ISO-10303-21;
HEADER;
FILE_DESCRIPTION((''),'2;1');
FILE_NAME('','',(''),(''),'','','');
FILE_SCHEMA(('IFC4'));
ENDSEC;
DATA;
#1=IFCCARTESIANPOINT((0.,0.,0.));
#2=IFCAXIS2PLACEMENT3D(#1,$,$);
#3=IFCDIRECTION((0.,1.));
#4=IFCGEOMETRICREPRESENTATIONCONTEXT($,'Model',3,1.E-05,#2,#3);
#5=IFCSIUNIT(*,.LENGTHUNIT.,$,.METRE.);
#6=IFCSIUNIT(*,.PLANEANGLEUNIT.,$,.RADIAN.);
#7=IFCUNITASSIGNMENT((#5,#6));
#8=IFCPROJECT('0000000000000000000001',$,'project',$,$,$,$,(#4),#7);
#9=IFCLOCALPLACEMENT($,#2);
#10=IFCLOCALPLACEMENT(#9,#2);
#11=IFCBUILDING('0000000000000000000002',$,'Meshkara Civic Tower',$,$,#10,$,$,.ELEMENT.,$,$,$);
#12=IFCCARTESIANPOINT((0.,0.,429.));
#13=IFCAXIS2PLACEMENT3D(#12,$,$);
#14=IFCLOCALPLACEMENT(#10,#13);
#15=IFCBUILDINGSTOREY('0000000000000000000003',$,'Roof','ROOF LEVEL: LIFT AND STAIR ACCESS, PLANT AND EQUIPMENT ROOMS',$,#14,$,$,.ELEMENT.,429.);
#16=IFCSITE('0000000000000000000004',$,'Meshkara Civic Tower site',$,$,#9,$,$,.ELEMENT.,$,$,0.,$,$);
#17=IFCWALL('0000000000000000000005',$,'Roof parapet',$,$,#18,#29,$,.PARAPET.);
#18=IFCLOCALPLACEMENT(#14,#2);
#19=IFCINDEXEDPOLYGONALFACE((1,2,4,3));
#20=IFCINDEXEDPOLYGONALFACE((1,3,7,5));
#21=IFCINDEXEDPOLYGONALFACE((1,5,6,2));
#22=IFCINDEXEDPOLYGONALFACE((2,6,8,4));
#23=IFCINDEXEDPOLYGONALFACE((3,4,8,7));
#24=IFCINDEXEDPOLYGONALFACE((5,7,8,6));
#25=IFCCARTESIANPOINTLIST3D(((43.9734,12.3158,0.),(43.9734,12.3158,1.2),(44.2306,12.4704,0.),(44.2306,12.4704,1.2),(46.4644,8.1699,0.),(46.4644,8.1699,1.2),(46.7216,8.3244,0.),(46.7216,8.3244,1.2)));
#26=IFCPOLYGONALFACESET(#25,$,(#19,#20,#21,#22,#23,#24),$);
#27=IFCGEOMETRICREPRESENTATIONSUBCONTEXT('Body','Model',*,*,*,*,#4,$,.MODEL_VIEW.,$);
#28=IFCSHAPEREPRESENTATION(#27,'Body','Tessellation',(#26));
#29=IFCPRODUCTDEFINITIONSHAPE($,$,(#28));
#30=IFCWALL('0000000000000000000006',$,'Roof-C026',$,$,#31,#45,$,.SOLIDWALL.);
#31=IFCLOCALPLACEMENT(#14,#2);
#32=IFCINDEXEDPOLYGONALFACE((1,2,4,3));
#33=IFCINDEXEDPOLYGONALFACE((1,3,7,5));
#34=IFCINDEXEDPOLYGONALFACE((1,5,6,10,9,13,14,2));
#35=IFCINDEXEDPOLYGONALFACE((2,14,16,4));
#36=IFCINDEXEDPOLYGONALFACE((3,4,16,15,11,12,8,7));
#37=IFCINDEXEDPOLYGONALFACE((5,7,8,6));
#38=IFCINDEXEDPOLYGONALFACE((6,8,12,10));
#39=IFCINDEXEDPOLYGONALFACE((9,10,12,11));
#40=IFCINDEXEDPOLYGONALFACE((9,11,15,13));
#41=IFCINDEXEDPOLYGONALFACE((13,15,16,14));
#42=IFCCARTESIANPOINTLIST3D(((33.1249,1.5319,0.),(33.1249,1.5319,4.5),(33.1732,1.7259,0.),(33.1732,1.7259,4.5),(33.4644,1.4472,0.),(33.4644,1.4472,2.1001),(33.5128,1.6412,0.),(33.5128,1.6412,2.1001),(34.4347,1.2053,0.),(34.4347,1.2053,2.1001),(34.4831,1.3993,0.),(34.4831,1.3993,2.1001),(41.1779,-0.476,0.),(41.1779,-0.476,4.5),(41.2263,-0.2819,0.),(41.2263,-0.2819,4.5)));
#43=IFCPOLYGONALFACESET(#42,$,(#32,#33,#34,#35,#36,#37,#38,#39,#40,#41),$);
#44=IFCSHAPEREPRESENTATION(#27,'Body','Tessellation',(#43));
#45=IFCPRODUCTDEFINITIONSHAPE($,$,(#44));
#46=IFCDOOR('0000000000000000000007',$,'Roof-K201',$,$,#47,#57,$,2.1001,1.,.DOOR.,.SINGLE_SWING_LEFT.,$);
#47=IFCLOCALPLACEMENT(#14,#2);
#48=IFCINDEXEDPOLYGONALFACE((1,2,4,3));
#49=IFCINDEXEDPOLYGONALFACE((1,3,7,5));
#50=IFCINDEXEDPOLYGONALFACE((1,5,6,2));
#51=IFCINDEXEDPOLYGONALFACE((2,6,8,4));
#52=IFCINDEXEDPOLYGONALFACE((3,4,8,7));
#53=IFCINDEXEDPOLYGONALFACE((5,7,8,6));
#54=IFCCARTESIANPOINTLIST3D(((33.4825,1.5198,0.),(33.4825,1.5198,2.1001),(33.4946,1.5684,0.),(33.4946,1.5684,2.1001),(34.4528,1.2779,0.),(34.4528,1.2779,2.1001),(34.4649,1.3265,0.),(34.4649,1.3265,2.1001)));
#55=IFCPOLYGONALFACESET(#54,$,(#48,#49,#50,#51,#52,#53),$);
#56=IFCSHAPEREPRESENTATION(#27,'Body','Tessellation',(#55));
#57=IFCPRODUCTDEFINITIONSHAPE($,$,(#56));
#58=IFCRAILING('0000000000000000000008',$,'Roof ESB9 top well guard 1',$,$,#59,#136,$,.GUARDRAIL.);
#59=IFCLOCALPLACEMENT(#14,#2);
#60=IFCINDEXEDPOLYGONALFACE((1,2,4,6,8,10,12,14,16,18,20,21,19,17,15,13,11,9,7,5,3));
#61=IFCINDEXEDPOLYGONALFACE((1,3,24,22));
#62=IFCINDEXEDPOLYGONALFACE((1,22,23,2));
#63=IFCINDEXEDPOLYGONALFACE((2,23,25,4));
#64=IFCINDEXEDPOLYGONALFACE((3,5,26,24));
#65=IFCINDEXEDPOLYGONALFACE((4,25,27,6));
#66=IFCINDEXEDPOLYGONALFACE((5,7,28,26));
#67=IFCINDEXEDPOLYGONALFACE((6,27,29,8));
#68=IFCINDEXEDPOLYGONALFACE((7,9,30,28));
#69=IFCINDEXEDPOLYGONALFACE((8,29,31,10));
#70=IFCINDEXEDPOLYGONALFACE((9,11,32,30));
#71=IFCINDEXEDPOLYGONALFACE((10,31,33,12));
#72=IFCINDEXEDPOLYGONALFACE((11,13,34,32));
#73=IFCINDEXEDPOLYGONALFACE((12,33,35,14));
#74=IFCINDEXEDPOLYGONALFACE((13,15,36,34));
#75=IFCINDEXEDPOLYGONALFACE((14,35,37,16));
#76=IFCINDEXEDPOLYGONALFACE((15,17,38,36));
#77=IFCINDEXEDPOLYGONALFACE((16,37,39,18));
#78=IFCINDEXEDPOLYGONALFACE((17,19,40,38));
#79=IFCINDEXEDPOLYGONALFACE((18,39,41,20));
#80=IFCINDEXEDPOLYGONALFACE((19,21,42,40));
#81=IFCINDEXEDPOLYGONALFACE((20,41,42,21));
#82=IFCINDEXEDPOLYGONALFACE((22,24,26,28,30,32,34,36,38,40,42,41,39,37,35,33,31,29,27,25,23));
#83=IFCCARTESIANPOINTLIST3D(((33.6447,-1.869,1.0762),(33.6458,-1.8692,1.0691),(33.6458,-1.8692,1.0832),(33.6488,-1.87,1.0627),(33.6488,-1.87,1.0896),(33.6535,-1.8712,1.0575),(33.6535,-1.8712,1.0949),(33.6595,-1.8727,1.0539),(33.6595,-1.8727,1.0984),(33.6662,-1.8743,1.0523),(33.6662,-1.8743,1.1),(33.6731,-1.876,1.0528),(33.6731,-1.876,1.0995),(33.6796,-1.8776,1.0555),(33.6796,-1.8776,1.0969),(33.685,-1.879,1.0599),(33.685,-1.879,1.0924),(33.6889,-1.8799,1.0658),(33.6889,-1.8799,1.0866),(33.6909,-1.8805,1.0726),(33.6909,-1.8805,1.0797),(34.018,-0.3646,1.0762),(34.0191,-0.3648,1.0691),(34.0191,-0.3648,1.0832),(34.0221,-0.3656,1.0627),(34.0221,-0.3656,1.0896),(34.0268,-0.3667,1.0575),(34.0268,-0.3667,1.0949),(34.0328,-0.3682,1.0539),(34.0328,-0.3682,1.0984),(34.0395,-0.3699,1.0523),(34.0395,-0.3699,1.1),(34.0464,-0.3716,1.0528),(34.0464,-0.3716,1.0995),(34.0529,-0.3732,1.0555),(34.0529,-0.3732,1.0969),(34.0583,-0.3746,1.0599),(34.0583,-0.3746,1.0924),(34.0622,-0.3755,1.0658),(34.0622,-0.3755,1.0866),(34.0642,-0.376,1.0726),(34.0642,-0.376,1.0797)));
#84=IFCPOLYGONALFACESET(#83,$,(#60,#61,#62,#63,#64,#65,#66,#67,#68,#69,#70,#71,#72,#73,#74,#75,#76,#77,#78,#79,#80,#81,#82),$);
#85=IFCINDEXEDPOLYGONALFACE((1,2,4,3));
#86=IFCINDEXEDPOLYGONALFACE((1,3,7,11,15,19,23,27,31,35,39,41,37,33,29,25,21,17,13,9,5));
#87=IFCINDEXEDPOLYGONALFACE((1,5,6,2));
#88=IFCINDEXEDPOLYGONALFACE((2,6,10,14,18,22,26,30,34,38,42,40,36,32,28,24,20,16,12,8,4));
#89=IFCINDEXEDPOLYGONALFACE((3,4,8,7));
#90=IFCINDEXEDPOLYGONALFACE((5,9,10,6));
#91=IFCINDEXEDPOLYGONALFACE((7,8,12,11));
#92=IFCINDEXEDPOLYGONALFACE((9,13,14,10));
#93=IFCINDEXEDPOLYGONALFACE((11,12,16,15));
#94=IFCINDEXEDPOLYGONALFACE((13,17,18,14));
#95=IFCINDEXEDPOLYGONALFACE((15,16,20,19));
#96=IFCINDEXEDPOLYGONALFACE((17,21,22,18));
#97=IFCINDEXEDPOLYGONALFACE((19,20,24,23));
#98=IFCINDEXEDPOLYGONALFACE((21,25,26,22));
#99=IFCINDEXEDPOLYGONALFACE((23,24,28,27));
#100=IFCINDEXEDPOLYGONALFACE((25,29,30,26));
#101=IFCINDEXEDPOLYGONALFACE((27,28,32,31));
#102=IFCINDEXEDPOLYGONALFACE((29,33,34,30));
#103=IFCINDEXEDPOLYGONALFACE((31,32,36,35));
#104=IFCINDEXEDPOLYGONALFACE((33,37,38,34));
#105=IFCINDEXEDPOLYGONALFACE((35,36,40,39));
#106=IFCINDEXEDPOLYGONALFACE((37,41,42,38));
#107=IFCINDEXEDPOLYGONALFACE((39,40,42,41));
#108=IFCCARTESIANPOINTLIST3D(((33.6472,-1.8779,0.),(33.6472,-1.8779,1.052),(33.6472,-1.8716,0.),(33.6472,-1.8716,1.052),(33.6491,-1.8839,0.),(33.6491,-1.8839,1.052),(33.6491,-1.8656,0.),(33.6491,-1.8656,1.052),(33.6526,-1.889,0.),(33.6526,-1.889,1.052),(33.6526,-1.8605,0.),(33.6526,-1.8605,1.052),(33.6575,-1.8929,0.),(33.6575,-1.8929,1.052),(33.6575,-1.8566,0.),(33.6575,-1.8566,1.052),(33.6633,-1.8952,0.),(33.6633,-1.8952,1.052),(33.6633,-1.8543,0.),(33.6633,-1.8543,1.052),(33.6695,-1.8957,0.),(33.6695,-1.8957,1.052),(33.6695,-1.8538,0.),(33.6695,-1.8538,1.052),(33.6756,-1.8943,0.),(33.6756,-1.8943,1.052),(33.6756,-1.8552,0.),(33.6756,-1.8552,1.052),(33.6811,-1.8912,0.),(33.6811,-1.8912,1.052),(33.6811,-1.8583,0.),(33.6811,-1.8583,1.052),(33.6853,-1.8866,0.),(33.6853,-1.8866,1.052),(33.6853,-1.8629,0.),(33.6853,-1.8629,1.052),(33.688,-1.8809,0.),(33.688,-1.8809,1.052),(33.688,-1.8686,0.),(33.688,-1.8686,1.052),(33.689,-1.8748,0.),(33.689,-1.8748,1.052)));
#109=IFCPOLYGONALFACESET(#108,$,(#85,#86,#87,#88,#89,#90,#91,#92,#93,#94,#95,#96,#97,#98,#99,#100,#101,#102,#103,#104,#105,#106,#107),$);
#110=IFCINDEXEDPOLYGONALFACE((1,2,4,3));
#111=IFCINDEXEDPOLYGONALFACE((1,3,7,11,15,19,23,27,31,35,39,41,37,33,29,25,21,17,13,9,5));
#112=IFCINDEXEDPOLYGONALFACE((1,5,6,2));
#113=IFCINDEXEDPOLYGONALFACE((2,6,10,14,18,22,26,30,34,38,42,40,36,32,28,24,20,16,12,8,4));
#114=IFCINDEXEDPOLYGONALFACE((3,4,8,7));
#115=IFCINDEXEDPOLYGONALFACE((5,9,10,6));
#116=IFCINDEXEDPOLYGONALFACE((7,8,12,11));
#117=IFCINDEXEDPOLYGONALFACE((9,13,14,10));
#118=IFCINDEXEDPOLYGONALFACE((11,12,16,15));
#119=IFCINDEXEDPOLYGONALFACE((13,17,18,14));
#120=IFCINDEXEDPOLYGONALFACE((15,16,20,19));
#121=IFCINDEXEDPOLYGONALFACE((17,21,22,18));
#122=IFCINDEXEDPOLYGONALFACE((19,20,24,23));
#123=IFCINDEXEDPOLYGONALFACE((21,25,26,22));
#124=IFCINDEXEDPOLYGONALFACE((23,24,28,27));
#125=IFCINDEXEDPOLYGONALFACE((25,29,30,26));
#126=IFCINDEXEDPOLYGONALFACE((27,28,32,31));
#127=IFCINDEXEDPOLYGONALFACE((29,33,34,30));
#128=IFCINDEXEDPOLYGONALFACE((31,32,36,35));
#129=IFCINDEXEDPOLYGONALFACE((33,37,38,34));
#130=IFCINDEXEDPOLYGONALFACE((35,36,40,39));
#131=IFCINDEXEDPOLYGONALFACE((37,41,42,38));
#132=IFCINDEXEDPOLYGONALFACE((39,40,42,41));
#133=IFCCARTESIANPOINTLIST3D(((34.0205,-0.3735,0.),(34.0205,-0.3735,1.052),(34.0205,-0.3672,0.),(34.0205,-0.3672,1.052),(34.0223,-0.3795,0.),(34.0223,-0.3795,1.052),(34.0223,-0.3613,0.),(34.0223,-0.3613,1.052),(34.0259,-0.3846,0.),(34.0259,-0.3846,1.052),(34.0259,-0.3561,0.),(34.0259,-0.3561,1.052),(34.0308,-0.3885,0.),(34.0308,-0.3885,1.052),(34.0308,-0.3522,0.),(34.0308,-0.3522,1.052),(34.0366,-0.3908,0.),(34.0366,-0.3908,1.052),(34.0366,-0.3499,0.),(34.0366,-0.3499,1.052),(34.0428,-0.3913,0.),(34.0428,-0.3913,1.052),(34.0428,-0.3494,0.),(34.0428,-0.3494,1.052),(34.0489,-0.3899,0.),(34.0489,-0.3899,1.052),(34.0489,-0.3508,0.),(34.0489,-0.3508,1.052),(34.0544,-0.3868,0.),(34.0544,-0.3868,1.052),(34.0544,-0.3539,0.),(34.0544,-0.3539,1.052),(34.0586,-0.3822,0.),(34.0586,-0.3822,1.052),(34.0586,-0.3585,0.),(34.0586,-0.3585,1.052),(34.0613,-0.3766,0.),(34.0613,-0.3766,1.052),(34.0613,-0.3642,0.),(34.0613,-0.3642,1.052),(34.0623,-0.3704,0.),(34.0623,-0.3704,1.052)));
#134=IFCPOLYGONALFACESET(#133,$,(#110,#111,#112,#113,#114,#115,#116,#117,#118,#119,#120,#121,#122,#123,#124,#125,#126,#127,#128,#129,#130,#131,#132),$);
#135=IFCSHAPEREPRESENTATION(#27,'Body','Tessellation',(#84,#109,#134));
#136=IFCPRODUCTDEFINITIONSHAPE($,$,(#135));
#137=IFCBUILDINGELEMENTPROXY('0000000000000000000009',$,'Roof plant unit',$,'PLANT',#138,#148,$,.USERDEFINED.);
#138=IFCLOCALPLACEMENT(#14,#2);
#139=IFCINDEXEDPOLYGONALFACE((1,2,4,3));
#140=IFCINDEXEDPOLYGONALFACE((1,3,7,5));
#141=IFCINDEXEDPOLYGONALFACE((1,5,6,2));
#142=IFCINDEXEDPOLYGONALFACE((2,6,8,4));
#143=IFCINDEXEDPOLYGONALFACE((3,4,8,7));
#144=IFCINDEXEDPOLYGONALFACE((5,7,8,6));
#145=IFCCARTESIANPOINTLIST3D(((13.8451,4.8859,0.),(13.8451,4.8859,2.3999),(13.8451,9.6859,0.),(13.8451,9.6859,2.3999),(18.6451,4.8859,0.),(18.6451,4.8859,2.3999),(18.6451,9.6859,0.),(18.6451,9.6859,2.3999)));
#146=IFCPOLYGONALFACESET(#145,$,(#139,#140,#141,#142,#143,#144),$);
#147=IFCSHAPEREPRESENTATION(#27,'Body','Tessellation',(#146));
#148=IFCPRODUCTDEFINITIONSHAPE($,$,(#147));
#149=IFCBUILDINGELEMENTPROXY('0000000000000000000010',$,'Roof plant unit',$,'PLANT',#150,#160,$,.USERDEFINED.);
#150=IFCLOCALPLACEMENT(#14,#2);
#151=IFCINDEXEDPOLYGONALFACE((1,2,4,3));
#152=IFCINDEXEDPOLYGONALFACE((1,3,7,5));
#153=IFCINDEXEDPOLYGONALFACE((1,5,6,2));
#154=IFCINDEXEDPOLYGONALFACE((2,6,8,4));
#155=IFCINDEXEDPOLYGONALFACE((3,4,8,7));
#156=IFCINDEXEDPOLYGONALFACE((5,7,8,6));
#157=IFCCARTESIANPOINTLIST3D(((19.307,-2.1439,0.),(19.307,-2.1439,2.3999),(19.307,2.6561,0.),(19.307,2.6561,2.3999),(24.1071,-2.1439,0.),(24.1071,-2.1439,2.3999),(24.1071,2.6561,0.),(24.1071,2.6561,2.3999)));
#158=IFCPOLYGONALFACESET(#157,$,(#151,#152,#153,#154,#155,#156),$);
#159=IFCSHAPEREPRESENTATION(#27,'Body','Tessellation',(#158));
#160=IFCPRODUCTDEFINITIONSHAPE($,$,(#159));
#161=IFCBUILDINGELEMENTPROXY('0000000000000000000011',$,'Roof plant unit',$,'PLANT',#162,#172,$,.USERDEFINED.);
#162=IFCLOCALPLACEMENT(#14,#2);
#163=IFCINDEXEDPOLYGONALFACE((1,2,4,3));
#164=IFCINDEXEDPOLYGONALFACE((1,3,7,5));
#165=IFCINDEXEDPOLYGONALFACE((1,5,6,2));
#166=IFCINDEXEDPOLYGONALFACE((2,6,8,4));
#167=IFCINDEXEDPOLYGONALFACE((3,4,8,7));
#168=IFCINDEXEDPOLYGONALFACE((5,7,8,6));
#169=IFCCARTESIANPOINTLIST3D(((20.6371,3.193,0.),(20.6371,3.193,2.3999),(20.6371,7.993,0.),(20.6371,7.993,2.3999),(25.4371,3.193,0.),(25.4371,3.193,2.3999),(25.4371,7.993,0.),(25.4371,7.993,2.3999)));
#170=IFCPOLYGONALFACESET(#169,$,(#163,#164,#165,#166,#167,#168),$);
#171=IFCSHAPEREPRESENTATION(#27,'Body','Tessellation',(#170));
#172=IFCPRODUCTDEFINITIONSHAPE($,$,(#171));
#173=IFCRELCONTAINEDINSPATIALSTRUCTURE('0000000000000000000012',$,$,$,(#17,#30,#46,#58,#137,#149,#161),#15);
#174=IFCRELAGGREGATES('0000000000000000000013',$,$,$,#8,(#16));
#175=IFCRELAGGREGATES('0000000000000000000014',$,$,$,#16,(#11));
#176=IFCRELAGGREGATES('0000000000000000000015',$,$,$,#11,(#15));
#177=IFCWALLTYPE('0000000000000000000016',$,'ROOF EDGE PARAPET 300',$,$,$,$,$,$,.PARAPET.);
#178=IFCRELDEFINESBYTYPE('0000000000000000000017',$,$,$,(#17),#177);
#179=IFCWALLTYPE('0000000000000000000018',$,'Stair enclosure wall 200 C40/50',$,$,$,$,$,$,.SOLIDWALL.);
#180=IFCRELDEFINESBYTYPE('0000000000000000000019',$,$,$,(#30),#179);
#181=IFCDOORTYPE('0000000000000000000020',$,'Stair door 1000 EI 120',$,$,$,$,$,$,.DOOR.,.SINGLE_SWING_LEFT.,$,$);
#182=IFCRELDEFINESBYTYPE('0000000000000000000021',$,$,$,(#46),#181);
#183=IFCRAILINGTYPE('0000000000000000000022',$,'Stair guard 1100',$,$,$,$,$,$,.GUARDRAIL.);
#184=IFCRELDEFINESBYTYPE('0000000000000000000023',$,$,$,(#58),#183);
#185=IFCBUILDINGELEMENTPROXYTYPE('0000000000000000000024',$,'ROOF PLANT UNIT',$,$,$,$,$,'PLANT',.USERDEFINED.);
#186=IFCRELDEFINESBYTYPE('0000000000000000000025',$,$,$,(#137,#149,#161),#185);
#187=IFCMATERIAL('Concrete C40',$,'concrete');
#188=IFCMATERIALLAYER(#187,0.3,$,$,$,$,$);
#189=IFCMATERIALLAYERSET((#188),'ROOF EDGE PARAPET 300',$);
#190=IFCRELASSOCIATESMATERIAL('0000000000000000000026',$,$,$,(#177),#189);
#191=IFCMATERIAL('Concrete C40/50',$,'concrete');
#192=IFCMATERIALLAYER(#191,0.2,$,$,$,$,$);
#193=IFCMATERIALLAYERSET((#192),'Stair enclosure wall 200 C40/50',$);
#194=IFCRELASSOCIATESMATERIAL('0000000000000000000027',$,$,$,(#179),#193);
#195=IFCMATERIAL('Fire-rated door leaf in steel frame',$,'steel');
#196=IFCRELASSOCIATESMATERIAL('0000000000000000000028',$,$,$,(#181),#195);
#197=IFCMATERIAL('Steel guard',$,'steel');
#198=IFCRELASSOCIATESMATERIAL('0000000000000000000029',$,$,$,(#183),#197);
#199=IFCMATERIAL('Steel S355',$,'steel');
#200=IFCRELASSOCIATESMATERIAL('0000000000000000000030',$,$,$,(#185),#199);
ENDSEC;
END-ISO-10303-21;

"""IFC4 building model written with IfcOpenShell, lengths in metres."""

from ifc_helpers import new_model, si_unit, direction, frame, frame_2d, origin, origin_2d, place, context, subcontext, project, spatial, rectangle, circle, extrude, material, layer, layer_set, type_object, element, fill, save


model = new_model("IFC4")

# Units and contexts
model_context = context("Model", 3, precision=1e-05, world=origin(), true_north=direction((0.0, 1.0)))
body_context = subcontext(model_context, "Body", "Model", "MODEL_VIEW")
ifc_project = project(units=[si_unit("LENGTHUNIT", "METRE"), si_unit("PLANEANGLEUNIT", "RADIAN")], contexts=[model_context])

# Site, building, storey
site_placement = place(None, origin())
site = spatial("IfcSite", under=ifc_project, at=site_placement, Name="Meshkara Civic Tower site", CompositionType="ELEMENT", RefElevation=0.0)
building_placement = place(site_placement, origin())
building = spatial("IfcBuilding", under=site, at=building_placement, Name="Meshkara Civic Tower", CompositionType="ELEMENT")
storey_placement = place(building_placement, frame((0.0, 0.0, 429.0)))
storey = spatial("IfcBuildingStorey", under=building, at=storey_placement, Name="Roof", Description="ROOF LEVEL: LIFT AND STAIR ACCESS, PLANT AND EQUIPMENT ROOMS", CompositionType="ELEMENT", Elevation=429.0)

# Wall
ifc_material_1 = material(Name="Concrete C40", Category="concrete")
ifc_layer_1 = layer(ifc_material_1, 0.3)
ifc_layer_set_1 = layer_set([ifc_layer_1], Name="ROOF EDGE PARAPET 300")
wall_type_1 = type_object("IfcWallType", Name="ROOF EDGE PARAPET 300", PredefinedType="PARAPET", material=ifc_layer_set_1)
wall_1_placement = place(storey_placement, frame((46.593, 8.2471, 0.0), z_axis=(0.0, 0.0, 1.0), x_axis=(-0.515008, 0.857185, 0.0)))
element("IfcWall", 1, at=wall_1_placement, inside=storey, type_object=wall_type_1, Name="Roof parapet", PredefinedType="PARAPET", context=body_context, shape_type="SweptSolid", body=[
    extrude(rectangle(XDim=4.8367, YDim=0.3, at=frame_2d((2.4185, 0.0))), origin(), (0.0, 0.0, 1.0), 1.2),
])

# Wall, opening, door
ifc_material_2 = material(Name="Concrete C40/50", Category="concrete")
ifc_layer_2 = layer(ifc_material_2, 0.2)
ifc_layer_set_2 = layer_set([ifc_layer_2], Name="Stair enclosure wall 200 C40/50")
wall_type_2 = type_object("IfcWallType", Name="Stair enclosure wall 200 C40/50", PredefinedType="SOLIDWALL", material=ifc_layer_set_2)
wall_2_placement = place(storey_placement, frame((33.1489, 1.6289, 0.0), z_axis=(0.0, 0.0, 1.0), x_axis=(0.970296, -0.24192, 0.0)))
wall_2 = element("IfcWall", 2, at=wall_2_placement, inside=storey, type_object=wall_type_2, Name="Roof-C026", PredefinedType="SOLIDWALL", context=body_context, shape_type="SweptSolid", body=[
    extrude(rectangle(XDim=8.2996, YDim=0.2, at=frame_2d((4.1499, 0.0))), origin(), (0.0, 0.0, 1.0), 4.5),
])
opening_1_placement = place(wall_2_placement, frame((0.3501, 0.0, 0.0)))
opening_1 = element("IfcOpeningElement", 3, at=opening_1_placement, cuts=wall_2, PredefinedType="OPENING", context=body_context, shape_type="SweptSolid", body=[
    extrude(rectangle(XDim=1.0, YDim=2.1001, at=frame_2d((0.5, 1.05))), frame((0.0, 0.1099, 0.0), z_axis=(0.0, -1.0, 0.0), x_axis=(1.0, 0.0, 0.0)), (0.0, 0.0, 1.0), 0.22),
])
ifc_material_3 = material(Name="Fire-rated door leaf in steel frame", Category="steel")
door_type_1 = type_object("IfcDoorType", Name="Stair door 1000 EI 120", OperationType="SINGLE_SWING_LEFT", PredefinedType="DOOR", material=ifc_material_3)
door_1_placement = place(opening_1_placement, origin())
door_1 = element("IfcDoor", 4, at=door_1_placement, inside=storey, type_object=door_type_1, Name="Roof-K201", OperationType="SINGLE_SWING_LEFT", OverallHeight=2.1001, OverallWidth=1.0, PredefinedType="DOOR", context=body_context, shape_type="SweptSolid", body=[
    extrude(rectangle(XDim=1.0, YDim=2.1001, at=frame_2d((0.5, 1.05))), frame((0.0, 0.0249, 0.0), z_axis=(0.0, -1.0, 0.0), x_axis=(1.0, 0.0, 0.0)), (0.0, 0.0, 1.0), 0.05),
])
fill(opening_1, door_1)

# Railing
ifc_material_4 = material(Name="Steel guard", Category="steel")
railing_type = type_object("IfcRailingType", Name="Stair guard 1100", PredefinedType="GUARDRAIL", material=ifc_material_4)
railing_placement = place(storey_placement, frame((33.668, -1.8748, 0.0)))
element("IfcRailing", 5, at=railing_placement, inside=storey, type_object=railing_type, Name="Roof ESB9 top well guard 1", PredefinedType="GUARDRAIL", context=body_context, shape_type="SweptSolid", body=[
    extrude(circle(Radius=0.0239, at=origin_2d()), frame((0.0, 0.0, 1.0762), z_axis=(0.24083, 0.970567, 0.0), x_axis=(-0.970567, 0.24083, 0.0)), (0.0, 0.0, 1.0), 1.55),
    extrude(circle(Radius=0.021, at=origin_2d()), origin(), (0.0, 0.0, 1.0), 1.052),
    extrude(circle(Radius=0.021, at=origin_2d()), frame((0.3733, 1.5044, 0.0)), (0.0, 0.0, 1.0), 1.052),
])

# Building element proxies
ifc_material_5 = material(Name="Steel S355", Category="steel")
building_element_proxy_type = type_object("IfcBuildingElementProxyType", Name="ROOF PLANT UNIT", ElementType="PLANT", PredefinedType="USERDEFINED", material=ifc_material_5)
for number, where, z_axis, x_axis, name in (
    (6, (16.2451, 7.2859, 0.0), (0.0, 0.0, 1.0), (1.0, 0.0, 0.0), "Roof plant unit"),
    (7, (21.707, 0.2561, 0.0), (0.0, 0.0, 1.0), (1.0, 0.0, 0.0), "Roof plant unit"),
    (8, (23.0371, 5.593, 0.0), (0.0, 0.0, 1.0), (1.0, 0.0, 0.0), "Roof plant unit"),
):
    element("IfcBuildingElementProxy", number, at=place(storey_placement, frame(where, z_axis=z_axis, x_axis=x_axis)), inside=storey, type_object=building_element_proxy_type, Name=name, ObjectType="PLANT", PredefinedType="USERDEFINED", context=body_context, shape_type="SweptSolid", body=[
        extrude(rectangle(XDim=4.8, YDim=4.8, at=origin_2d()), origin(), (0.0, 0.0, 1.0), 2.3999),
    ])

save(model, "model.ifc")
